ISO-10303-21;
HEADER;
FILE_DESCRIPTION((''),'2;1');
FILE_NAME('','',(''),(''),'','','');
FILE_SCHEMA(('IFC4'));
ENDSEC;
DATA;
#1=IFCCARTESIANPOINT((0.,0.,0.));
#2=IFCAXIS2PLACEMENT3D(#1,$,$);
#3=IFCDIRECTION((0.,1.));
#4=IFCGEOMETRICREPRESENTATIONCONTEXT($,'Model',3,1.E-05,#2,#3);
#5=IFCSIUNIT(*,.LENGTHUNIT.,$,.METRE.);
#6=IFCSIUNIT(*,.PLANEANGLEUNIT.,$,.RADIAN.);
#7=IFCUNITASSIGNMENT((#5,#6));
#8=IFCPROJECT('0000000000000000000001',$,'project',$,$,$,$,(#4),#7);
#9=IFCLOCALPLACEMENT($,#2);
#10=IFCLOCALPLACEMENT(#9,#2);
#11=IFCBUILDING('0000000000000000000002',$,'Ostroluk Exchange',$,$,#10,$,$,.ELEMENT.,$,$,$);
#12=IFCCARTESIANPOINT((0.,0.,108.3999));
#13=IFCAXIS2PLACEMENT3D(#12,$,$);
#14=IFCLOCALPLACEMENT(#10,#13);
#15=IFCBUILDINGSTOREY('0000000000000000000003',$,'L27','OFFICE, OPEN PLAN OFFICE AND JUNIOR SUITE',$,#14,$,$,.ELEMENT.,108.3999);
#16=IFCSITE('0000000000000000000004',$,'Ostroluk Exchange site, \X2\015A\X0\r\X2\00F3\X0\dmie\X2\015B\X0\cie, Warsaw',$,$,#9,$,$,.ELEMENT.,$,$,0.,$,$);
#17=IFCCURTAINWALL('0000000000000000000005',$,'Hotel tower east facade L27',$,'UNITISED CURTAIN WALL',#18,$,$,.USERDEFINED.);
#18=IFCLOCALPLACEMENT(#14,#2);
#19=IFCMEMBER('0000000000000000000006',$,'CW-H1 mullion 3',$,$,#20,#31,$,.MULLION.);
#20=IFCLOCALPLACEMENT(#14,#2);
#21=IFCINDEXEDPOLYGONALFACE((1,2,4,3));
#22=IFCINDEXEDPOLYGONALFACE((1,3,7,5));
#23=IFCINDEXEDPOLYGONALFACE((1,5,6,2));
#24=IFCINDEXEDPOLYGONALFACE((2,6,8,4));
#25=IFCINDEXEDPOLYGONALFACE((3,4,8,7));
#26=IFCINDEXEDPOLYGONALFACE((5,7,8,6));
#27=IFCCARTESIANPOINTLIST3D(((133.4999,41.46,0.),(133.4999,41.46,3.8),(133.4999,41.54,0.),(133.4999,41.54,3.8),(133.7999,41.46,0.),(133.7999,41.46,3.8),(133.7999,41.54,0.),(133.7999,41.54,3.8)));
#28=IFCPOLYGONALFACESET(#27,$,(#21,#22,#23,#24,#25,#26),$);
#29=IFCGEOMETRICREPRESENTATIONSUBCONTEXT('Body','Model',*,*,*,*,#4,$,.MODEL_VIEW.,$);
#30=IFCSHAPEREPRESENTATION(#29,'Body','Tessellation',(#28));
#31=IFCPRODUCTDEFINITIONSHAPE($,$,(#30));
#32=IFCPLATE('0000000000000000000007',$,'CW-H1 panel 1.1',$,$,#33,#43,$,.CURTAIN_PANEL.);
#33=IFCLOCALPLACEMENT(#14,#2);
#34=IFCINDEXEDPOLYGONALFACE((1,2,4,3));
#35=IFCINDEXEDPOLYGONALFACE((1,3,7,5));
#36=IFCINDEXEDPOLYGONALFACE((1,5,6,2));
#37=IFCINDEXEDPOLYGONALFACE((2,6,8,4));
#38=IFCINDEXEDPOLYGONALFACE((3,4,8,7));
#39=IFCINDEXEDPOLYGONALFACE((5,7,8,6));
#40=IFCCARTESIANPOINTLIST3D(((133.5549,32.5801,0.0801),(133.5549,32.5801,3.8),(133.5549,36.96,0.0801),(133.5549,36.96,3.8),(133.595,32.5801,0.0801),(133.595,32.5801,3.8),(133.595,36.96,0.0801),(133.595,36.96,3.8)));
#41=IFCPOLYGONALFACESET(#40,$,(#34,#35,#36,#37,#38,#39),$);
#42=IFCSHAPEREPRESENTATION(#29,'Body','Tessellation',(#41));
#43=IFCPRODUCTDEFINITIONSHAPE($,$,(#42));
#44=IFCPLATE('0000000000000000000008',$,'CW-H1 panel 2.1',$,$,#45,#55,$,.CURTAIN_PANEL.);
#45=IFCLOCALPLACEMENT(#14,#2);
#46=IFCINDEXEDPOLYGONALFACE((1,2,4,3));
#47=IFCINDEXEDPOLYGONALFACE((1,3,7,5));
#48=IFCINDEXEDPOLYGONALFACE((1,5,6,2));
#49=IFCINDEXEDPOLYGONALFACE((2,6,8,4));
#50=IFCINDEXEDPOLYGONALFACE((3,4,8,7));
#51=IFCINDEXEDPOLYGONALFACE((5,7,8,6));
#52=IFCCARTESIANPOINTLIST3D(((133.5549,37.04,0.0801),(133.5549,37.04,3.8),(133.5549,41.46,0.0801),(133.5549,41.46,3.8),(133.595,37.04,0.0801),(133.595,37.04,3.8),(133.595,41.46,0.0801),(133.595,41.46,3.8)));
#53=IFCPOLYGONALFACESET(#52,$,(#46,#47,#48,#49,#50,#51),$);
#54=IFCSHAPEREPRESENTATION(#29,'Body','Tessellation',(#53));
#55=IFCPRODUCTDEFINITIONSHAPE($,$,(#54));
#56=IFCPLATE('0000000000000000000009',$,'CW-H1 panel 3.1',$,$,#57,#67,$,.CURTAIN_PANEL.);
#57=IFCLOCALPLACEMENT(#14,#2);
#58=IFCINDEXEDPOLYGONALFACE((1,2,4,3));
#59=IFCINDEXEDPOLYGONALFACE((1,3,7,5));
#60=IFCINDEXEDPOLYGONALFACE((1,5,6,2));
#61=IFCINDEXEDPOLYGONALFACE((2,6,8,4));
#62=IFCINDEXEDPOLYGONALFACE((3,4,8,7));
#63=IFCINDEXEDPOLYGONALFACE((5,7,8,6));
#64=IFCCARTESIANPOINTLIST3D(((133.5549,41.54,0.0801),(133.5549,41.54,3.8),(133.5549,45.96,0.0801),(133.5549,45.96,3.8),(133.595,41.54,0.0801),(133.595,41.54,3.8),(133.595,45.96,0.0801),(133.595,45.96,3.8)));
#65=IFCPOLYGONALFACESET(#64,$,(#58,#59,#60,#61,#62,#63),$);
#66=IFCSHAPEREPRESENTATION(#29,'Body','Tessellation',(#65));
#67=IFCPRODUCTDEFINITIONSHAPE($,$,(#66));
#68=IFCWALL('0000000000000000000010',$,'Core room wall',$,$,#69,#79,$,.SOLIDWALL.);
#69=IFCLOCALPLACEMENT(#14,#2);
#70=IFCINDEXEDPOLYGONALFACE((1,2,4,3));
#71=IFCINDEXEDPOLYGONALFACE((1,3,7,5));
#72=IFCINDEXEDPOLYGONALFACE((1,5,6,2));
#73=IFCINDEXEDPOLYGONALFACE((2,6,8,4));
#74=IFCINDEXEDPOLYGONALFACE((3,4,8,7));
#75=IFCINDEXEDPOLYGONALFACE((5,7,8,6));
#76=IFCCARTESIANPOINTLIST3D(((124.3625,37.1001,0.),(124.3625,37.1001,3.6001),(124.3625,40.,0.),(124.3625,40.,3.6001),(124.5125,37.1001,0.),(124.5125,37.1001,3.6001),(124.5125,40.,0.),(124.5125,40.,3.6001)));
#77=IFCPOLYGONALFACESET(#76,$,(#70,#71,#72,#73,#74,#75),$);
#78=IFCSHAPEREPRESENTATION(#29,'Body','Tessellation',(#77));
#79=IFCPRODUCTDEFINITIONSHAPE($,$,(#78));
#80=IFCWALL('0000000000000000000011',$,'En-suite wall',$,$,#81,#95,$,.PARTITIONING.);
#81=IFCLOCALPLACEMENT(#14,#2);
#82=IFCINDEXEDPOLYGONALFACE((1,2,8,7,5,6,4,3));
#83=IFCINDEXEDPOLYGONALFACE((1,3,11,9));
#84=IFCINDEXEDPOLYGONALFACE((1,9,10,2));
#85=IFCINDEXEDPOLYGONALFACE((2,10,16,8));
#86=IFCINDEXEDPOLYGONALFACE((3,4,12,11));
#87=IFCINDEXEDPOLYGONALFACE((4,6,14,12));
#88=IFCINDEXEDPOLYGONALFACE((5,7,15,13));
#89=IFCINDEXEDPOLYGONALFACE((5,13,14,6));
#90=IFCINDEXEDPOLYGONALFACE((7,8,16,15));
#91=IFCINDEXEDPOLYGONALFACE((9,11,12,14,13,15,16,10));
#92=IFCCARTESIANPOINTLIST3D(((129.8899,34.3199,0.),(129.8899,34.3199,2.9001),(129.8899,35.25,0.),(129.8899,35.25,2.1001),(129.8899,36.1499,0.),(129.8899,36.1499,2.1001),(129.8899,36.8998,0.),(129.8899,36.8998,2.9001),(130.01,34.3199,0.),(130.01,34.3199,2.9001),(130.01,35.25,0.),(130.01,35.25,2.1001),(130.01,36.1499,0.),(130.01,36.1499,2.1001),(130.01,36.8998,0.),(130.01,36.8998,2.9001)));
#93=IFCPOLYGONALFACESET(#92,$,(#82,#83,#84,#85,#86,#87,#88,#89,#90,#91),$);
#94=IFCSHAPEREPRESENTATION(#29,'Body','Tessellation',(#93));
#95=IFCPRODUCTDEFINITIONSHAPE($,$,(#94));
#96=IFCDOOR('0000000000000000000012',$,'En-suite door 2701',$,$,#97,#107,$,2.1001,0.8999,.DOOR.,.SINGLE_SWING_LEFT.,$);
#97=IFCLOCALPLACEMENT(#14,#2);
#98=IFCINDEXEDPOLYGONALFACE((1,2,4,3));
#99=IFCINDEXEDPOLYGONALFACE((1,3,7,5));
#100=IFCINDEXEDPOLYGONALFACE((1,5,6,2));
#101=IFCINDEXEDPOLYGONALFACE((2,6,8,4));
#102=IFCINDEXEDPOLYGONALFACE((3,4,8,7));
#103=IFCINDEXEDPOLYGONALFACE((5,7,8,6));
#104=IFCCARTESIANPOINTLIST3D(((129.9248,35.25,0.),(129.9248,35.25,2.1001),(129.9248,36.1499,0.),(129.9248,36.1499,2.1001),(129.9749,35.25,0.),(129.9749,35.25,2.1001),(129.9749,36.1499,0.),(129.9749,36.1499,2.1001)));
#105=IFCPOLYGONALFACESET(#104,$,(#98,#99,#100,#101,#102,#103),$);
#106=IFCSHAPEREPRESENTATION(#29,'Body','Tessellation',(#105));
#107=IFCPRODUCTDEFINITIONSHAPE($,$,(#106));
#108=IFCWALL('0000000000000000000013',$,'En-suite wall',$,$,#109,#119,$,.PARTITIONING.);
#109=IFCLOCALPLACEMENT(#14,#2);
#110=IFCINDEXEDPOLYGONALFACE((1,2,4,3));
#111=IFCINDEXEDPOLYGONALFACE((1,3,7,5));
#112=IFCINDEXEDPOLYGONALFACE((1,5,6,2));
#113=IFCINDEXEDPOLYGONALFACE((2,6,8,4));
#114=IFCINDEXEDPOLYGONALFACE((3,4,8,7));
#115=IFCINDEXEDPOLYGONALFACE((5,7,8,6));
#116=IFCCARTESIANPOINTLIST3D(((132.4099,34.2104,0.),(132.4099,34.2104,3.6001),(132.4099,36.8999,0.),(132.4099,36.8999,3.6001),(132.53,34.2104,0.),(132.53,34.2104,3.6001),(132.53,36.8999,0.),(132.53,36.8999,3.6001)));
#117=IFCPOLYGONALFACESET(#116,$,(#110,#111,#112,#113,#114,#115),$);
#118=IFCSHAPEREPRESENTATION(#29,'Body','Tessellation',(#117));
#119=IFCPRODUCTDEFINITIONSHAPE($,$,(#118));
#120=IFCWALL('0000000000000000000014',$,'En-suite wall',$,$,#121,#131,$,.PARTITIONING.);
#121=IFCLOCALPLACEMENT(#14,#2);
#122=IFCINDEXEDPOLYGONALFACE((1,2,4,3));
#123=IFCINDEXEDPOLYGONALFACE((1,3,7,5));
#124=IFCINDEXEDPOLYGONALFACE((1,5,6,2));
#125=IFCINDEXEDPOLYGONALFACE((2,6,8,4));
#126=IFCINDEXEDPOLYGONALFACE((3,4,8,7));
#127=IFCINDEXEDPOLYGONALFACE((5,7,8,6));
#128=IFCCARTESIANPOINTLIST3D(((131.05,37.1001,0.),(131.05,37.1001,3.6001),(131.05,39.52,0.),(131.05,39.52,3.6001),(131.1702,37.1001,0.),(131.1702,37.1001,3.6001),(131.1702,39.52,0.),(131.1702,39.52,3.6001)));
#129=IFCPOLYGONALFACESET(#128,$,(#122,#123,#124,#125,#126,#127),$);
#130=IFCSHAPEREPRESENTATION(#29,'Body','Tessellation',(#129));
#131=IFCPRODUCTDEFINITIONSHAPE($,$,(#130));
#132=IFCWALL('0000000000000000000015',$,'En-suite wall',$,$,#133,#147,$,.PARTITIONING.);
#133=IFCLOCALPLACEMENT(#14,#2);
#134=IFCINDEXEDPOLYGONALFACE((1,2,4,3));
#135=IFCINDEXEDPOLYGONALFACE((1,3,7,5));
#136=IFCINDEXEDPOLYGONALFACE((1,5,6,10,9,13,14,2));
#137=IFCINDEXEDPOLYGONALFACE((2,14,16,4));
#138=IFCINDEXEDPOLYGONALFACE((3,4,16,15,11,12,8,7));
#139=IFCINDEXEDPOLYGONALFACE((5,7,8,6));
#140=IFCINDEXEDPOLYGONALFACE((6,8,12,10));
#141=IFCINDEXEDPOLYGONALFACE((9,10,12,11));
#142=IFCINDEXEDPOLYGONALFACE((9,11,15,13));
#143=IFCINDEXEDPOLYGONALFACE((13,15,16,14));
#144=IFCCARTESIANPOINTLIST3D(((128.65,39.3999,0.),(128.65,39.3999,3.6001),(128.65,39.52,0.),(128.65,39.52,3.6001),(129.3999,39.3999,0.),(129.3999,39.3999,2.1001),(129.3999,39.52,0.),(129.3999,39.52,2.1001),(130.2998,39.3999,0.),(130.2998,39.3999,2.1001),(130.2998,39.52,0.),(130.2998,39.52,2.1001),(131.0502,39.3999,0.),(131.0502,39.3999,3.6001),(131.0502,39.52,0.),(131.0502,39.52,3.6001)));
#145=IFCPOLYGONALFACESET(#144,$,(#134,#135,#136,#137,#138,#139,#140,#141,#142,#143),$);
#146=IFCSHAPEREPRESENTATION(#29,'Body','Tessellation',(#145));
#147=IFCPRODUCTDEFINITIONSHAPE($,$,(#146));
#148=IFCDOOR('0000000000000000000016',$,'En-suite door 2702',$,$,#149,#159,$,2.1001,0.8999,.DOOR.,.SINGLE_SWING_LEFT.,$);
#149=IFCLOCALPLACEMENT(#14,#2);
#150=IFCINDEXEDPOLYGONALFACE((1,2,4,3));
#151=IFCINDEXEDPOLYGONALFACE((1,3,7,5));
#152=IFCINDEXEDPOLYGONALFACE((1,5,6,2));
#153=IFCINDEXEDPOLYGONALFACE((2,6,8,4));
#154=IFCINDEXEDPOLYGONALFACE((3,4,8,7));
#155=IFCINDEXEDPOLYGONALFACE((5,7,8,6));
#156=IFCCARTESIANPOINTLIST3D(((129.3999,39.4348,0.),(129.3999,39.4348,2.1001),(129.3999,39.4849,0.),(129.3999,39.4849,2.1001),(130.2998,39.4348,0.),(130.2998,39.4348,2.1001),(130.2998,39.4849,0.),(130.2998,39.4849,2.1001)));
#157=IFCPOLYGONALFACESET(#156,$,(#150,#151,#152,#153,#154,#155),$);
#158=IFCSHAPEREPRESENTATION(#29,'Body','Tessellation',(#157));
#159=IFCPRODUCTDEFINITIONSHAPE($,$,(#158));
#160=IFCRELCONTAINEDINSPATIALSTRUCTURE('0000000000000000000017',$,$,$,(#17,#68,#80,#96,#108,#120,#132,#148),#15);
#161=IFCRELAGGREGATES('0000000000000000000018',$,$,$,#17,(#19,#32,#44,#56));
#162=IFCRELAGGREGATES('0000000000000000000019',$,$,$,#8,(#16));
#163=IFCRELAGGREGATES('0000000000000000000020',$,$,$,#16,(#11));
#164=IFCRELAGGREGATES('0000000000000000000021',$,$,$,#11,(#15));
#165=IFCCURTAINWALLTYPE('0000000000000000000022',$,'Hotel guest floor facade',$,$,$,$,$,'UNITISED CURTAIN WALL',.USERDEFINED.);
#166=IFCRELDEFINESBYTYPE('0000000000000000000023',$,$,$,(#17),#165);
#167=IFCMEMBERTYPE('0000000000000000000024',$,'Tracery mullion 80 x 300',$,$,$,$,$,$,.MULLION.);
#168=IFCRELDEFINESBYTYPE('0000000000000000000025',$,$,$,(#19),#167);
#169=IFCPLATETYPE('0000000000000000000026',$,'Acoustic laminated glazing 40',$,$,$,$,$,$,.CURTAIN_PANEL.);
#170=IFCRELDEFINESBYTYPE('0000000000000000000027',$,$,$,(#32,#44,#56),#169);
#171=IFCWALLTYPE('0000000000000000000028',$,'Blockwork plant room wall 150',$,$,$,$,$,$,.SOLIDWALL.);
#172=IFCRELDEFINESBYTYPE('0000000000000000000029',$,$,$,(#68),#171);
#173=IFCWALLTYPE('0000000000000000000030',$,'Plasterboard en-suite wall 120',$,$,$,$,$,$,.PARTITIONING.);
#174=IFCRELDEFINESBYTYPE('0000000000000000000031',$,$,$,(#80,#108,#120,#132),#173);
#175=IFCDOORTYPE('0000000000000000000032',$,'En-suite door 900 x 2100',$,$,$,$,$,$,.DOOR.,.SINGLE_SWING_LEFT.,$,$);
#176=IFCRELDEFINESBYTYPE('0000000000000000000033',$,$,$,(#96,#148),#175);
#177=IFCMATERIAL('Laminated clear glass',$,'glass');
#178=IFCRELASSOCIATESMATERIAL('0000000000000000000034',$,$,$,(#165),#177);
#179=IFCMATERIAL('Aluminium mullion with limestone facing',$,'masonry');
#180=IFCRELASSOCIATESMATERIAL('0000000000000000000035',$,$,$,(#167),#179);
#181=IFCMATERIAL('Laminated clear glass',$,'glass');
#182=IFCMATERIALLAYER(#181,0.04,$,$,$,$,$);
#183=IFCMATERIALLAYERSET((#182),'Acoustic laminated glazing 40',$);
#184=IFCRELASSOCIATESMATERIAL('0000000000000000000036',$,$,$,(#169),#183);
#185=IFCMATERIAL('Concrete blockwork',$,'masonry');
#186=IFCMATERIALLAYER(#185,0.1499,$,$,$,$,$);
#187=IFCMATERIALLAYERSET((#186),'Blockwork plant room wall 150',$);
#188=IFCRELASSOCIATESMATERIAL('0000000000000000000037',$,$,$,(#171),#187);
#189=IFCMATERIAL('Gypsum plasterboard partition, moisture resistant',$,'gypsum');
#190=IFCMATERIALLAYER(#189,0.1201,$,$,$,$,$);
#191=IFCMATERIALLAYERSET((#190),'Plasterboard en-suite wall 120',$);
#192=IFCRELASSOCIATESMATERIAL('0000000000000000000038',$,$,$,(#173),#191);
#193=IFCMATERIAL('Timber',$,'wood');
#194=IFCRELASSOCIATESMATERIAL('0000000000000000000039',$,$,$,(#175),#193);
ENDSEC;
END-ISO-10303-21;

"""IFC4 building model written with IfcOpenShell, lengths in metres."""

from ifc_helpers import new_model, si_unit, direction, frame, frame_2d, origin, origin_2d, place, context, subcontext, project, spatial, rectangle, extrude, material, layer, layer_set, material_profile, profile_set, type_object, element, fill, aggregate, save


model = new_model("IFC4")

# Units and contexts
model_context = context("Model", 3, precision=1e-05, world=origin(), true_north=direction((0.0, 1.0)))
body_context = subcontext(model_context, "Body", "Model", "MODEL_VIEW")
ifc_project = project(units=[si_unit("LENGTHUNIT", "METRE"), si_unit("PLANEANGLEUNIT", "RADIAN")], contexts=[model_context])

# Site, building, storey
site_placement = place(None, origin())
site = spatial("IfcSite", under=ifc_project, at=site_placement, Name="Ostroluk Exchange site, Śródmieście, Warsaw", CompositionType="ELEMENT", RefElevation=0.0)
building_placement = place(site_placement, origin())
building = spatial("IfcBuilding", under=site, at=building_placement, Name="Ostroluk Exchange", CompositionType="ELEMENT")
storey_placement = place(building_placement, frame((0.0, 0.0, 108.3999)))
storey = spatial("IfcBuildingStorey", under=building, at=storey_placement, Name="L27", Description="OFFICE, OPEN PLAN OFFICE AND JUNIOR SUITE", CompositionType="ELEMENT", Elevation=108.3999)

# Curtain wall, member, plates
ifc_material_1 = material(Name="Laminated clear glass", Category="glass")
curtain_wall_type = type_object("IfcCurtainWallType", Name="Hotel guest floor facade", ElementType="UNITISED CURTAIN WALL", PredefinedType="USERDEFINED", material=ifc_material_1)
curtain_wall_placement = place(storey_placement, origin())
curtain_wall = element("IfcCurtainWall", 1, at=curtain_wall_placement, inside=storey, type_object=curtain_wall_type, Name="Hotel tower east facade L27", ObjectType="UNITISED CURTAIN WALL", PredefinedType="USERDEFINED")
ifc_material_2 = material(Name="Aluminium mullion with limestone facing", Category="masonry")
ifc_material_profile_1 = material_profile(ifc_material_2, rectangle(XDim=0.3, YDim=0.0801, at=origin_2d()), Name="Tracery mullion 80 x 300")
ifc_profile_set_1 = profile_set([ifc_material_profile_1], Name="Aluminium mullion with limestone facing")
member_type_1 = type_object("IfcMemberType", Name="Tracery mullion 80 x 300", PredefinedType="MULLION", material=ifc_profile_set_1)
member_1_placement = place(storey_placement, frame((133.6499, 41.5, 0.0), z_axis=(0.0, 0.0, 1.0), x_axis=(-1.0, 0.0, 0.0)))
member_1 = element("IfcMember", 2, at=member_1_placement, type_object=member_type_1, Name="CW-H1 mullion 3", PredefinedType="MULLION", context=body_context, shape_type="SweptSolid", body=[
    extrude(rectangle(XDim=0.3, YDim=0.0801, at=origin_2d()), origin(), (0.0, 0.0, 1.0), 3.8),
])
ifc_material_3 = material(Name="Laminated clear glass", Category="glass")
ifc_layer_1 = layer(ifc_material_3, 0.04)
ifc_layer_set_1 = layer_set([ifc_layer_1], Name="Acoustic laminated glazing 40")
plate_type = type_object("IfcPlateType", Name="Acoustic laminated glazing 40", PredefinedType="CURTAIN_PANEL", material=ifc_layer_set_1)
plate_1_placement = place(storey_placement, frame((133.575, 34.77, 0.0801), z_axis=(0.0, 0.0, 1.0), x_axis=(0.0, 1.0, 0.0)))
plate_1 = element("IfcPlate", 3, at=plate_1_placement, type_object=plate_type, Name="CW-H1 panel 1.1", PredefinedType="CURTAIN_PANEL", context=body_context, shape_type="SweptSolid", body=[
    extrude(rectangle(XDim=4.3799, YDim=0.04, at=origin_2d()), origin(), (0.0, 0.0, 1.0), 3.72),
])
plate_2_placement = place(storey_placement, frame((133.575, 39.25, 0.0801), z_axis=(0.0, 0.0, 1.0), x_axis=(0.0, 1.0, 0.0)))
plate_2 = element("IfcPlate", 4, at=plate_2_placement, type_object=plate_type, Name="CW-H1 panel 2.1", PredefinedType="CURTAIN_PANEL", context=body_context, shape_type="SweptSolid", body=[
    extrude(rectangle(XDim=4.4199, YDim=0.04, at=origin_2d()), origin(), (0.0, 0.0, 1.0), 3.72),
])
plate_3_placement = place(storey_placement, frame((133.575, 43.75, 0.0801), z_axis=(0.0, 0.0, 1.0), x_axis=(0.0, 1.0, 0.0)))
plate_3 = element("IfcPlate", 5, at=plate_3_placement, type_object=plate_type, Name="CW-H1 panel 3.1", PredefinedType="CURTAIN_PANEL", context=body_context, shape_type="SweptSolid", body=[
    extrude(rectangle(XDim=4.4199, YDim=0.04, at=origin_2d()), origin(), (0.0, 0.0, 1.0), 3.72),
])
aggregate(curtain_wall, [member_1, plate_1, plate_2, plate_3])

# Wall
ifc_material_4 = material(Name="Concrete blockwork", Category="masonry")
ifc_layer_2 = layer(ifc_material_4, 0.1499)
ifc_layer_set_2 = layer_set([ifc_layer_2], Name="Blockwork plant room wall 150")
wall_type_1 = type_object("IfcWallType", Name="Blockwork plant room wall 150", PredefinedType="SOLIDWALL", material=ifc_layer_set_2)
wall_1_placement = place(storey_placement, frame((124.4375, 37.1001, 0.0), z_axis=(0.0, 0.0, 1.0), x_axis=(0.0, 1.0, 0.0)))
element("IfcWall", 6, at=wall_1_placement, inside=storey, type_object=wall_type_1, Name="Core room wall", PredefinedType="SOLIDWALL", context=body_context, shape_type="SweptSolid", body=[
    extrude(rectangle(XDim=2.8999, YDim=0.1499, at=frame_2d((1.45, 0.0))), origin(), (0.0, 0.0, 1.0), 3.6001),
])

# Wall, opening, door
ifc_material_5 = material(Name="Gypsum plasterboard partition, moisture resistant", Category="gypsum")
ifc_layer_3 = layer(ifc_material_5, 0.1201)
ifc_layer_set_3 = layer_set([ifc_layer_3], Name="Plasterboard en-suite wall 120")
wall_type_2 = type_object("IfcWallType", Name="Plasterboard en-suite wall 120", PredefinedType="PARTITIONING", material=ifc_layer_set_3)
wall_2_placement = place(storey_placement, frame((129.95, 36.8999, 0.0), z_axis=(0.0, 0.0, 1.0), x_axis=(0.0, -1.0, 0.0)))
wall_2 = element("IfcWall", 7, at=wall_2_placement, inside=storey, type_object=wall_type_2, Name="En-suite wall", PredefinedType="PARTITIONING", context=body_context, shape_type="SweptSolid", body=[
    extrude(rectangle(XDim=2.5798, YDim=0.1201, at=frame_2d((1.29, 0.0))), origin(), (0.0, 0.0, 1.0), 2.9001),
])
opening_1_placement = place(wall_2_placement, frame((0.75, 0.0, 0.0)))
opening_1 = element("IfcOpeningElement", 8, at=opening_1_placement, cuts=wall_2, PredefinedType="OPENING", context=body_context, shape_type="SweptSolid", body=[
    extrude(rectangle(XDim=0.8999, YDim=2.1001, at=frame_2d((0.45, 1.05))), frame((0.0, 0.0701, 0.0), z_axis=(0.0, -1.0, 0.0), x_axis=(1.0, 0.0, 0.0)), (0.0, 0.0, 1.0), 0.1401),
])
ifc_material_6 = material(Name="Timber", Category="wood")
door_type_1 = type_object("IfcDoorType", Name="En-suite door 900 x 2100", OperationType="SINGLE_SWING_LEFT", PredefinedType="DOOR", material=ifc_material_6)
door_1_placement = place(opening_1_placement, origin())
door_1 = element("IfcDoor", 9, at=door_1_placement, inside=storey, type_object=door_type_1, Name="En-suite door 2701", OperationType="SINGLE_SWING_LEFT", OverallHeight=2.1001, OverallWidth=0.8999, PredefinedType="DOOR", context=body_context, shape_type="SweptSolid", body=[
    extrude(rectangle(XDim=0.8999, YDim=2.1001, at=frame_2d((0.45, 1.05))), frame((0.0, 0.0249, 0.0), z_axis=(0.0, -1.0, 0.0), x_axis=(1.0, 0.0, 0.0)), (0.0, 0.0, 1.0), 0.05),
])
fill(opening_1, door_1)

# Walls
wall_3_placement = place(storey_placement, frame((132.47, 36.8999, 0.0), z_axis=(0.0, 0.0, 1.0), x_axis=(0.0, -1.0, 0.0)))
element("IfcWall", 10, at=wall_3_placement, inside=storey, type_object=wall_type_2, Name="En-suite wall", PredefinedType="PARTITIONING", context=body_context, shape_type="SweptSolid", body=[
    extrude(rectangle(XDim=2.6895, YDim=0.1201, at=frame_2d((1.3447, 0.0))), origin(), (0.0, 0.0, 1.0), 3.6001),
])
wall_4_placement = place(storey_placement, frame((131.1101, 37.1001, 0.0), z_axis=(0.0, 0.0, 1.0), x_axis=(0.0, 1.0, 0.0)))
element("IfcWall", 11, at=wall_4_placement, inside=storey, type_object=wall_type_2, Name="En-suite wall", PredefinedType="PARTITIONING", context=body_context, shape_type="SweptSolid", body=[
    extrude(rectangle(XDim=2.4199, YDim=0.1201, at=frame_2d((1.21, 0.0))), origin(), (0.0, 0.0, 1.0), 3.6001),
])

# Wall, opening, door
wall_5_placement = place(storey_placement, frame((128.6499, 39.46, 0.0), z_axis=(0.0, 0.0, 1.0), x_axis=(1.0, 0.0, 0.0)))
wall_5 = element("IfcWall", 12, at=wall_5_placement, inside=storey, type_object=wall_type_2, Name="En-suite wall", PredefinedType="PARTITIONING", context=body_context, shape_type="SweptSolid", body=[
    extrude(rectangle(XDim=2.4001, YDim=0.1201, at=frame_2d((1.2002, 0.0))), origin(), (0.0, 0.0, 1.0), 3.6001),
])
opening_2_placement = place(wall_5_placement, frame((0.75, 0.0, 0.0)))
opening_2 = element("IfcOpeningElement", 13, at=opening_2_placement, cuts=wall_5, PredefinedType="OPENING", context=body_context, shape_type="SweptSolid", body=[
    extrude(rectangle(XDim=0.8999, YDim=2.1001, at=frame_2d((0.45, 1.05))), frame((0.0, 0.0701, 0.0), z_axis=(0.0, -1.0, 0.0), x_axis=(1.0, 0.0, 0.0)), (0.0, 0.0, 1.0), 0.1401),
])
door_2_placement = place(opening_2_placement, origin())
door_2 = element("IfcDoor", 14, at=door_2_placement, inside=storey, type_object=door_type_1, Name="En-suite door 2702", OperationType="SINGLE_SWING_LEFT", OverallHeight=2.1001, OverallWidth=0.8999, PredefinedType="DOOR", context=body_context, shape_type="SweptSolid", body=[
    extrude(rectangle(XDim=0.8999, YDim=2.1001, at=frame_2d((0.45, 1.05))), frame((0.0, 0.0249, 0.0), z_axis=(0.0, -1.0, 0.0), x_axis=(1.0, 0.0, 0.0)), (0.0, 0.0, 1.0), 0.05),
])
fill(opening_2, door_2)

save(model, "model.ifc")
